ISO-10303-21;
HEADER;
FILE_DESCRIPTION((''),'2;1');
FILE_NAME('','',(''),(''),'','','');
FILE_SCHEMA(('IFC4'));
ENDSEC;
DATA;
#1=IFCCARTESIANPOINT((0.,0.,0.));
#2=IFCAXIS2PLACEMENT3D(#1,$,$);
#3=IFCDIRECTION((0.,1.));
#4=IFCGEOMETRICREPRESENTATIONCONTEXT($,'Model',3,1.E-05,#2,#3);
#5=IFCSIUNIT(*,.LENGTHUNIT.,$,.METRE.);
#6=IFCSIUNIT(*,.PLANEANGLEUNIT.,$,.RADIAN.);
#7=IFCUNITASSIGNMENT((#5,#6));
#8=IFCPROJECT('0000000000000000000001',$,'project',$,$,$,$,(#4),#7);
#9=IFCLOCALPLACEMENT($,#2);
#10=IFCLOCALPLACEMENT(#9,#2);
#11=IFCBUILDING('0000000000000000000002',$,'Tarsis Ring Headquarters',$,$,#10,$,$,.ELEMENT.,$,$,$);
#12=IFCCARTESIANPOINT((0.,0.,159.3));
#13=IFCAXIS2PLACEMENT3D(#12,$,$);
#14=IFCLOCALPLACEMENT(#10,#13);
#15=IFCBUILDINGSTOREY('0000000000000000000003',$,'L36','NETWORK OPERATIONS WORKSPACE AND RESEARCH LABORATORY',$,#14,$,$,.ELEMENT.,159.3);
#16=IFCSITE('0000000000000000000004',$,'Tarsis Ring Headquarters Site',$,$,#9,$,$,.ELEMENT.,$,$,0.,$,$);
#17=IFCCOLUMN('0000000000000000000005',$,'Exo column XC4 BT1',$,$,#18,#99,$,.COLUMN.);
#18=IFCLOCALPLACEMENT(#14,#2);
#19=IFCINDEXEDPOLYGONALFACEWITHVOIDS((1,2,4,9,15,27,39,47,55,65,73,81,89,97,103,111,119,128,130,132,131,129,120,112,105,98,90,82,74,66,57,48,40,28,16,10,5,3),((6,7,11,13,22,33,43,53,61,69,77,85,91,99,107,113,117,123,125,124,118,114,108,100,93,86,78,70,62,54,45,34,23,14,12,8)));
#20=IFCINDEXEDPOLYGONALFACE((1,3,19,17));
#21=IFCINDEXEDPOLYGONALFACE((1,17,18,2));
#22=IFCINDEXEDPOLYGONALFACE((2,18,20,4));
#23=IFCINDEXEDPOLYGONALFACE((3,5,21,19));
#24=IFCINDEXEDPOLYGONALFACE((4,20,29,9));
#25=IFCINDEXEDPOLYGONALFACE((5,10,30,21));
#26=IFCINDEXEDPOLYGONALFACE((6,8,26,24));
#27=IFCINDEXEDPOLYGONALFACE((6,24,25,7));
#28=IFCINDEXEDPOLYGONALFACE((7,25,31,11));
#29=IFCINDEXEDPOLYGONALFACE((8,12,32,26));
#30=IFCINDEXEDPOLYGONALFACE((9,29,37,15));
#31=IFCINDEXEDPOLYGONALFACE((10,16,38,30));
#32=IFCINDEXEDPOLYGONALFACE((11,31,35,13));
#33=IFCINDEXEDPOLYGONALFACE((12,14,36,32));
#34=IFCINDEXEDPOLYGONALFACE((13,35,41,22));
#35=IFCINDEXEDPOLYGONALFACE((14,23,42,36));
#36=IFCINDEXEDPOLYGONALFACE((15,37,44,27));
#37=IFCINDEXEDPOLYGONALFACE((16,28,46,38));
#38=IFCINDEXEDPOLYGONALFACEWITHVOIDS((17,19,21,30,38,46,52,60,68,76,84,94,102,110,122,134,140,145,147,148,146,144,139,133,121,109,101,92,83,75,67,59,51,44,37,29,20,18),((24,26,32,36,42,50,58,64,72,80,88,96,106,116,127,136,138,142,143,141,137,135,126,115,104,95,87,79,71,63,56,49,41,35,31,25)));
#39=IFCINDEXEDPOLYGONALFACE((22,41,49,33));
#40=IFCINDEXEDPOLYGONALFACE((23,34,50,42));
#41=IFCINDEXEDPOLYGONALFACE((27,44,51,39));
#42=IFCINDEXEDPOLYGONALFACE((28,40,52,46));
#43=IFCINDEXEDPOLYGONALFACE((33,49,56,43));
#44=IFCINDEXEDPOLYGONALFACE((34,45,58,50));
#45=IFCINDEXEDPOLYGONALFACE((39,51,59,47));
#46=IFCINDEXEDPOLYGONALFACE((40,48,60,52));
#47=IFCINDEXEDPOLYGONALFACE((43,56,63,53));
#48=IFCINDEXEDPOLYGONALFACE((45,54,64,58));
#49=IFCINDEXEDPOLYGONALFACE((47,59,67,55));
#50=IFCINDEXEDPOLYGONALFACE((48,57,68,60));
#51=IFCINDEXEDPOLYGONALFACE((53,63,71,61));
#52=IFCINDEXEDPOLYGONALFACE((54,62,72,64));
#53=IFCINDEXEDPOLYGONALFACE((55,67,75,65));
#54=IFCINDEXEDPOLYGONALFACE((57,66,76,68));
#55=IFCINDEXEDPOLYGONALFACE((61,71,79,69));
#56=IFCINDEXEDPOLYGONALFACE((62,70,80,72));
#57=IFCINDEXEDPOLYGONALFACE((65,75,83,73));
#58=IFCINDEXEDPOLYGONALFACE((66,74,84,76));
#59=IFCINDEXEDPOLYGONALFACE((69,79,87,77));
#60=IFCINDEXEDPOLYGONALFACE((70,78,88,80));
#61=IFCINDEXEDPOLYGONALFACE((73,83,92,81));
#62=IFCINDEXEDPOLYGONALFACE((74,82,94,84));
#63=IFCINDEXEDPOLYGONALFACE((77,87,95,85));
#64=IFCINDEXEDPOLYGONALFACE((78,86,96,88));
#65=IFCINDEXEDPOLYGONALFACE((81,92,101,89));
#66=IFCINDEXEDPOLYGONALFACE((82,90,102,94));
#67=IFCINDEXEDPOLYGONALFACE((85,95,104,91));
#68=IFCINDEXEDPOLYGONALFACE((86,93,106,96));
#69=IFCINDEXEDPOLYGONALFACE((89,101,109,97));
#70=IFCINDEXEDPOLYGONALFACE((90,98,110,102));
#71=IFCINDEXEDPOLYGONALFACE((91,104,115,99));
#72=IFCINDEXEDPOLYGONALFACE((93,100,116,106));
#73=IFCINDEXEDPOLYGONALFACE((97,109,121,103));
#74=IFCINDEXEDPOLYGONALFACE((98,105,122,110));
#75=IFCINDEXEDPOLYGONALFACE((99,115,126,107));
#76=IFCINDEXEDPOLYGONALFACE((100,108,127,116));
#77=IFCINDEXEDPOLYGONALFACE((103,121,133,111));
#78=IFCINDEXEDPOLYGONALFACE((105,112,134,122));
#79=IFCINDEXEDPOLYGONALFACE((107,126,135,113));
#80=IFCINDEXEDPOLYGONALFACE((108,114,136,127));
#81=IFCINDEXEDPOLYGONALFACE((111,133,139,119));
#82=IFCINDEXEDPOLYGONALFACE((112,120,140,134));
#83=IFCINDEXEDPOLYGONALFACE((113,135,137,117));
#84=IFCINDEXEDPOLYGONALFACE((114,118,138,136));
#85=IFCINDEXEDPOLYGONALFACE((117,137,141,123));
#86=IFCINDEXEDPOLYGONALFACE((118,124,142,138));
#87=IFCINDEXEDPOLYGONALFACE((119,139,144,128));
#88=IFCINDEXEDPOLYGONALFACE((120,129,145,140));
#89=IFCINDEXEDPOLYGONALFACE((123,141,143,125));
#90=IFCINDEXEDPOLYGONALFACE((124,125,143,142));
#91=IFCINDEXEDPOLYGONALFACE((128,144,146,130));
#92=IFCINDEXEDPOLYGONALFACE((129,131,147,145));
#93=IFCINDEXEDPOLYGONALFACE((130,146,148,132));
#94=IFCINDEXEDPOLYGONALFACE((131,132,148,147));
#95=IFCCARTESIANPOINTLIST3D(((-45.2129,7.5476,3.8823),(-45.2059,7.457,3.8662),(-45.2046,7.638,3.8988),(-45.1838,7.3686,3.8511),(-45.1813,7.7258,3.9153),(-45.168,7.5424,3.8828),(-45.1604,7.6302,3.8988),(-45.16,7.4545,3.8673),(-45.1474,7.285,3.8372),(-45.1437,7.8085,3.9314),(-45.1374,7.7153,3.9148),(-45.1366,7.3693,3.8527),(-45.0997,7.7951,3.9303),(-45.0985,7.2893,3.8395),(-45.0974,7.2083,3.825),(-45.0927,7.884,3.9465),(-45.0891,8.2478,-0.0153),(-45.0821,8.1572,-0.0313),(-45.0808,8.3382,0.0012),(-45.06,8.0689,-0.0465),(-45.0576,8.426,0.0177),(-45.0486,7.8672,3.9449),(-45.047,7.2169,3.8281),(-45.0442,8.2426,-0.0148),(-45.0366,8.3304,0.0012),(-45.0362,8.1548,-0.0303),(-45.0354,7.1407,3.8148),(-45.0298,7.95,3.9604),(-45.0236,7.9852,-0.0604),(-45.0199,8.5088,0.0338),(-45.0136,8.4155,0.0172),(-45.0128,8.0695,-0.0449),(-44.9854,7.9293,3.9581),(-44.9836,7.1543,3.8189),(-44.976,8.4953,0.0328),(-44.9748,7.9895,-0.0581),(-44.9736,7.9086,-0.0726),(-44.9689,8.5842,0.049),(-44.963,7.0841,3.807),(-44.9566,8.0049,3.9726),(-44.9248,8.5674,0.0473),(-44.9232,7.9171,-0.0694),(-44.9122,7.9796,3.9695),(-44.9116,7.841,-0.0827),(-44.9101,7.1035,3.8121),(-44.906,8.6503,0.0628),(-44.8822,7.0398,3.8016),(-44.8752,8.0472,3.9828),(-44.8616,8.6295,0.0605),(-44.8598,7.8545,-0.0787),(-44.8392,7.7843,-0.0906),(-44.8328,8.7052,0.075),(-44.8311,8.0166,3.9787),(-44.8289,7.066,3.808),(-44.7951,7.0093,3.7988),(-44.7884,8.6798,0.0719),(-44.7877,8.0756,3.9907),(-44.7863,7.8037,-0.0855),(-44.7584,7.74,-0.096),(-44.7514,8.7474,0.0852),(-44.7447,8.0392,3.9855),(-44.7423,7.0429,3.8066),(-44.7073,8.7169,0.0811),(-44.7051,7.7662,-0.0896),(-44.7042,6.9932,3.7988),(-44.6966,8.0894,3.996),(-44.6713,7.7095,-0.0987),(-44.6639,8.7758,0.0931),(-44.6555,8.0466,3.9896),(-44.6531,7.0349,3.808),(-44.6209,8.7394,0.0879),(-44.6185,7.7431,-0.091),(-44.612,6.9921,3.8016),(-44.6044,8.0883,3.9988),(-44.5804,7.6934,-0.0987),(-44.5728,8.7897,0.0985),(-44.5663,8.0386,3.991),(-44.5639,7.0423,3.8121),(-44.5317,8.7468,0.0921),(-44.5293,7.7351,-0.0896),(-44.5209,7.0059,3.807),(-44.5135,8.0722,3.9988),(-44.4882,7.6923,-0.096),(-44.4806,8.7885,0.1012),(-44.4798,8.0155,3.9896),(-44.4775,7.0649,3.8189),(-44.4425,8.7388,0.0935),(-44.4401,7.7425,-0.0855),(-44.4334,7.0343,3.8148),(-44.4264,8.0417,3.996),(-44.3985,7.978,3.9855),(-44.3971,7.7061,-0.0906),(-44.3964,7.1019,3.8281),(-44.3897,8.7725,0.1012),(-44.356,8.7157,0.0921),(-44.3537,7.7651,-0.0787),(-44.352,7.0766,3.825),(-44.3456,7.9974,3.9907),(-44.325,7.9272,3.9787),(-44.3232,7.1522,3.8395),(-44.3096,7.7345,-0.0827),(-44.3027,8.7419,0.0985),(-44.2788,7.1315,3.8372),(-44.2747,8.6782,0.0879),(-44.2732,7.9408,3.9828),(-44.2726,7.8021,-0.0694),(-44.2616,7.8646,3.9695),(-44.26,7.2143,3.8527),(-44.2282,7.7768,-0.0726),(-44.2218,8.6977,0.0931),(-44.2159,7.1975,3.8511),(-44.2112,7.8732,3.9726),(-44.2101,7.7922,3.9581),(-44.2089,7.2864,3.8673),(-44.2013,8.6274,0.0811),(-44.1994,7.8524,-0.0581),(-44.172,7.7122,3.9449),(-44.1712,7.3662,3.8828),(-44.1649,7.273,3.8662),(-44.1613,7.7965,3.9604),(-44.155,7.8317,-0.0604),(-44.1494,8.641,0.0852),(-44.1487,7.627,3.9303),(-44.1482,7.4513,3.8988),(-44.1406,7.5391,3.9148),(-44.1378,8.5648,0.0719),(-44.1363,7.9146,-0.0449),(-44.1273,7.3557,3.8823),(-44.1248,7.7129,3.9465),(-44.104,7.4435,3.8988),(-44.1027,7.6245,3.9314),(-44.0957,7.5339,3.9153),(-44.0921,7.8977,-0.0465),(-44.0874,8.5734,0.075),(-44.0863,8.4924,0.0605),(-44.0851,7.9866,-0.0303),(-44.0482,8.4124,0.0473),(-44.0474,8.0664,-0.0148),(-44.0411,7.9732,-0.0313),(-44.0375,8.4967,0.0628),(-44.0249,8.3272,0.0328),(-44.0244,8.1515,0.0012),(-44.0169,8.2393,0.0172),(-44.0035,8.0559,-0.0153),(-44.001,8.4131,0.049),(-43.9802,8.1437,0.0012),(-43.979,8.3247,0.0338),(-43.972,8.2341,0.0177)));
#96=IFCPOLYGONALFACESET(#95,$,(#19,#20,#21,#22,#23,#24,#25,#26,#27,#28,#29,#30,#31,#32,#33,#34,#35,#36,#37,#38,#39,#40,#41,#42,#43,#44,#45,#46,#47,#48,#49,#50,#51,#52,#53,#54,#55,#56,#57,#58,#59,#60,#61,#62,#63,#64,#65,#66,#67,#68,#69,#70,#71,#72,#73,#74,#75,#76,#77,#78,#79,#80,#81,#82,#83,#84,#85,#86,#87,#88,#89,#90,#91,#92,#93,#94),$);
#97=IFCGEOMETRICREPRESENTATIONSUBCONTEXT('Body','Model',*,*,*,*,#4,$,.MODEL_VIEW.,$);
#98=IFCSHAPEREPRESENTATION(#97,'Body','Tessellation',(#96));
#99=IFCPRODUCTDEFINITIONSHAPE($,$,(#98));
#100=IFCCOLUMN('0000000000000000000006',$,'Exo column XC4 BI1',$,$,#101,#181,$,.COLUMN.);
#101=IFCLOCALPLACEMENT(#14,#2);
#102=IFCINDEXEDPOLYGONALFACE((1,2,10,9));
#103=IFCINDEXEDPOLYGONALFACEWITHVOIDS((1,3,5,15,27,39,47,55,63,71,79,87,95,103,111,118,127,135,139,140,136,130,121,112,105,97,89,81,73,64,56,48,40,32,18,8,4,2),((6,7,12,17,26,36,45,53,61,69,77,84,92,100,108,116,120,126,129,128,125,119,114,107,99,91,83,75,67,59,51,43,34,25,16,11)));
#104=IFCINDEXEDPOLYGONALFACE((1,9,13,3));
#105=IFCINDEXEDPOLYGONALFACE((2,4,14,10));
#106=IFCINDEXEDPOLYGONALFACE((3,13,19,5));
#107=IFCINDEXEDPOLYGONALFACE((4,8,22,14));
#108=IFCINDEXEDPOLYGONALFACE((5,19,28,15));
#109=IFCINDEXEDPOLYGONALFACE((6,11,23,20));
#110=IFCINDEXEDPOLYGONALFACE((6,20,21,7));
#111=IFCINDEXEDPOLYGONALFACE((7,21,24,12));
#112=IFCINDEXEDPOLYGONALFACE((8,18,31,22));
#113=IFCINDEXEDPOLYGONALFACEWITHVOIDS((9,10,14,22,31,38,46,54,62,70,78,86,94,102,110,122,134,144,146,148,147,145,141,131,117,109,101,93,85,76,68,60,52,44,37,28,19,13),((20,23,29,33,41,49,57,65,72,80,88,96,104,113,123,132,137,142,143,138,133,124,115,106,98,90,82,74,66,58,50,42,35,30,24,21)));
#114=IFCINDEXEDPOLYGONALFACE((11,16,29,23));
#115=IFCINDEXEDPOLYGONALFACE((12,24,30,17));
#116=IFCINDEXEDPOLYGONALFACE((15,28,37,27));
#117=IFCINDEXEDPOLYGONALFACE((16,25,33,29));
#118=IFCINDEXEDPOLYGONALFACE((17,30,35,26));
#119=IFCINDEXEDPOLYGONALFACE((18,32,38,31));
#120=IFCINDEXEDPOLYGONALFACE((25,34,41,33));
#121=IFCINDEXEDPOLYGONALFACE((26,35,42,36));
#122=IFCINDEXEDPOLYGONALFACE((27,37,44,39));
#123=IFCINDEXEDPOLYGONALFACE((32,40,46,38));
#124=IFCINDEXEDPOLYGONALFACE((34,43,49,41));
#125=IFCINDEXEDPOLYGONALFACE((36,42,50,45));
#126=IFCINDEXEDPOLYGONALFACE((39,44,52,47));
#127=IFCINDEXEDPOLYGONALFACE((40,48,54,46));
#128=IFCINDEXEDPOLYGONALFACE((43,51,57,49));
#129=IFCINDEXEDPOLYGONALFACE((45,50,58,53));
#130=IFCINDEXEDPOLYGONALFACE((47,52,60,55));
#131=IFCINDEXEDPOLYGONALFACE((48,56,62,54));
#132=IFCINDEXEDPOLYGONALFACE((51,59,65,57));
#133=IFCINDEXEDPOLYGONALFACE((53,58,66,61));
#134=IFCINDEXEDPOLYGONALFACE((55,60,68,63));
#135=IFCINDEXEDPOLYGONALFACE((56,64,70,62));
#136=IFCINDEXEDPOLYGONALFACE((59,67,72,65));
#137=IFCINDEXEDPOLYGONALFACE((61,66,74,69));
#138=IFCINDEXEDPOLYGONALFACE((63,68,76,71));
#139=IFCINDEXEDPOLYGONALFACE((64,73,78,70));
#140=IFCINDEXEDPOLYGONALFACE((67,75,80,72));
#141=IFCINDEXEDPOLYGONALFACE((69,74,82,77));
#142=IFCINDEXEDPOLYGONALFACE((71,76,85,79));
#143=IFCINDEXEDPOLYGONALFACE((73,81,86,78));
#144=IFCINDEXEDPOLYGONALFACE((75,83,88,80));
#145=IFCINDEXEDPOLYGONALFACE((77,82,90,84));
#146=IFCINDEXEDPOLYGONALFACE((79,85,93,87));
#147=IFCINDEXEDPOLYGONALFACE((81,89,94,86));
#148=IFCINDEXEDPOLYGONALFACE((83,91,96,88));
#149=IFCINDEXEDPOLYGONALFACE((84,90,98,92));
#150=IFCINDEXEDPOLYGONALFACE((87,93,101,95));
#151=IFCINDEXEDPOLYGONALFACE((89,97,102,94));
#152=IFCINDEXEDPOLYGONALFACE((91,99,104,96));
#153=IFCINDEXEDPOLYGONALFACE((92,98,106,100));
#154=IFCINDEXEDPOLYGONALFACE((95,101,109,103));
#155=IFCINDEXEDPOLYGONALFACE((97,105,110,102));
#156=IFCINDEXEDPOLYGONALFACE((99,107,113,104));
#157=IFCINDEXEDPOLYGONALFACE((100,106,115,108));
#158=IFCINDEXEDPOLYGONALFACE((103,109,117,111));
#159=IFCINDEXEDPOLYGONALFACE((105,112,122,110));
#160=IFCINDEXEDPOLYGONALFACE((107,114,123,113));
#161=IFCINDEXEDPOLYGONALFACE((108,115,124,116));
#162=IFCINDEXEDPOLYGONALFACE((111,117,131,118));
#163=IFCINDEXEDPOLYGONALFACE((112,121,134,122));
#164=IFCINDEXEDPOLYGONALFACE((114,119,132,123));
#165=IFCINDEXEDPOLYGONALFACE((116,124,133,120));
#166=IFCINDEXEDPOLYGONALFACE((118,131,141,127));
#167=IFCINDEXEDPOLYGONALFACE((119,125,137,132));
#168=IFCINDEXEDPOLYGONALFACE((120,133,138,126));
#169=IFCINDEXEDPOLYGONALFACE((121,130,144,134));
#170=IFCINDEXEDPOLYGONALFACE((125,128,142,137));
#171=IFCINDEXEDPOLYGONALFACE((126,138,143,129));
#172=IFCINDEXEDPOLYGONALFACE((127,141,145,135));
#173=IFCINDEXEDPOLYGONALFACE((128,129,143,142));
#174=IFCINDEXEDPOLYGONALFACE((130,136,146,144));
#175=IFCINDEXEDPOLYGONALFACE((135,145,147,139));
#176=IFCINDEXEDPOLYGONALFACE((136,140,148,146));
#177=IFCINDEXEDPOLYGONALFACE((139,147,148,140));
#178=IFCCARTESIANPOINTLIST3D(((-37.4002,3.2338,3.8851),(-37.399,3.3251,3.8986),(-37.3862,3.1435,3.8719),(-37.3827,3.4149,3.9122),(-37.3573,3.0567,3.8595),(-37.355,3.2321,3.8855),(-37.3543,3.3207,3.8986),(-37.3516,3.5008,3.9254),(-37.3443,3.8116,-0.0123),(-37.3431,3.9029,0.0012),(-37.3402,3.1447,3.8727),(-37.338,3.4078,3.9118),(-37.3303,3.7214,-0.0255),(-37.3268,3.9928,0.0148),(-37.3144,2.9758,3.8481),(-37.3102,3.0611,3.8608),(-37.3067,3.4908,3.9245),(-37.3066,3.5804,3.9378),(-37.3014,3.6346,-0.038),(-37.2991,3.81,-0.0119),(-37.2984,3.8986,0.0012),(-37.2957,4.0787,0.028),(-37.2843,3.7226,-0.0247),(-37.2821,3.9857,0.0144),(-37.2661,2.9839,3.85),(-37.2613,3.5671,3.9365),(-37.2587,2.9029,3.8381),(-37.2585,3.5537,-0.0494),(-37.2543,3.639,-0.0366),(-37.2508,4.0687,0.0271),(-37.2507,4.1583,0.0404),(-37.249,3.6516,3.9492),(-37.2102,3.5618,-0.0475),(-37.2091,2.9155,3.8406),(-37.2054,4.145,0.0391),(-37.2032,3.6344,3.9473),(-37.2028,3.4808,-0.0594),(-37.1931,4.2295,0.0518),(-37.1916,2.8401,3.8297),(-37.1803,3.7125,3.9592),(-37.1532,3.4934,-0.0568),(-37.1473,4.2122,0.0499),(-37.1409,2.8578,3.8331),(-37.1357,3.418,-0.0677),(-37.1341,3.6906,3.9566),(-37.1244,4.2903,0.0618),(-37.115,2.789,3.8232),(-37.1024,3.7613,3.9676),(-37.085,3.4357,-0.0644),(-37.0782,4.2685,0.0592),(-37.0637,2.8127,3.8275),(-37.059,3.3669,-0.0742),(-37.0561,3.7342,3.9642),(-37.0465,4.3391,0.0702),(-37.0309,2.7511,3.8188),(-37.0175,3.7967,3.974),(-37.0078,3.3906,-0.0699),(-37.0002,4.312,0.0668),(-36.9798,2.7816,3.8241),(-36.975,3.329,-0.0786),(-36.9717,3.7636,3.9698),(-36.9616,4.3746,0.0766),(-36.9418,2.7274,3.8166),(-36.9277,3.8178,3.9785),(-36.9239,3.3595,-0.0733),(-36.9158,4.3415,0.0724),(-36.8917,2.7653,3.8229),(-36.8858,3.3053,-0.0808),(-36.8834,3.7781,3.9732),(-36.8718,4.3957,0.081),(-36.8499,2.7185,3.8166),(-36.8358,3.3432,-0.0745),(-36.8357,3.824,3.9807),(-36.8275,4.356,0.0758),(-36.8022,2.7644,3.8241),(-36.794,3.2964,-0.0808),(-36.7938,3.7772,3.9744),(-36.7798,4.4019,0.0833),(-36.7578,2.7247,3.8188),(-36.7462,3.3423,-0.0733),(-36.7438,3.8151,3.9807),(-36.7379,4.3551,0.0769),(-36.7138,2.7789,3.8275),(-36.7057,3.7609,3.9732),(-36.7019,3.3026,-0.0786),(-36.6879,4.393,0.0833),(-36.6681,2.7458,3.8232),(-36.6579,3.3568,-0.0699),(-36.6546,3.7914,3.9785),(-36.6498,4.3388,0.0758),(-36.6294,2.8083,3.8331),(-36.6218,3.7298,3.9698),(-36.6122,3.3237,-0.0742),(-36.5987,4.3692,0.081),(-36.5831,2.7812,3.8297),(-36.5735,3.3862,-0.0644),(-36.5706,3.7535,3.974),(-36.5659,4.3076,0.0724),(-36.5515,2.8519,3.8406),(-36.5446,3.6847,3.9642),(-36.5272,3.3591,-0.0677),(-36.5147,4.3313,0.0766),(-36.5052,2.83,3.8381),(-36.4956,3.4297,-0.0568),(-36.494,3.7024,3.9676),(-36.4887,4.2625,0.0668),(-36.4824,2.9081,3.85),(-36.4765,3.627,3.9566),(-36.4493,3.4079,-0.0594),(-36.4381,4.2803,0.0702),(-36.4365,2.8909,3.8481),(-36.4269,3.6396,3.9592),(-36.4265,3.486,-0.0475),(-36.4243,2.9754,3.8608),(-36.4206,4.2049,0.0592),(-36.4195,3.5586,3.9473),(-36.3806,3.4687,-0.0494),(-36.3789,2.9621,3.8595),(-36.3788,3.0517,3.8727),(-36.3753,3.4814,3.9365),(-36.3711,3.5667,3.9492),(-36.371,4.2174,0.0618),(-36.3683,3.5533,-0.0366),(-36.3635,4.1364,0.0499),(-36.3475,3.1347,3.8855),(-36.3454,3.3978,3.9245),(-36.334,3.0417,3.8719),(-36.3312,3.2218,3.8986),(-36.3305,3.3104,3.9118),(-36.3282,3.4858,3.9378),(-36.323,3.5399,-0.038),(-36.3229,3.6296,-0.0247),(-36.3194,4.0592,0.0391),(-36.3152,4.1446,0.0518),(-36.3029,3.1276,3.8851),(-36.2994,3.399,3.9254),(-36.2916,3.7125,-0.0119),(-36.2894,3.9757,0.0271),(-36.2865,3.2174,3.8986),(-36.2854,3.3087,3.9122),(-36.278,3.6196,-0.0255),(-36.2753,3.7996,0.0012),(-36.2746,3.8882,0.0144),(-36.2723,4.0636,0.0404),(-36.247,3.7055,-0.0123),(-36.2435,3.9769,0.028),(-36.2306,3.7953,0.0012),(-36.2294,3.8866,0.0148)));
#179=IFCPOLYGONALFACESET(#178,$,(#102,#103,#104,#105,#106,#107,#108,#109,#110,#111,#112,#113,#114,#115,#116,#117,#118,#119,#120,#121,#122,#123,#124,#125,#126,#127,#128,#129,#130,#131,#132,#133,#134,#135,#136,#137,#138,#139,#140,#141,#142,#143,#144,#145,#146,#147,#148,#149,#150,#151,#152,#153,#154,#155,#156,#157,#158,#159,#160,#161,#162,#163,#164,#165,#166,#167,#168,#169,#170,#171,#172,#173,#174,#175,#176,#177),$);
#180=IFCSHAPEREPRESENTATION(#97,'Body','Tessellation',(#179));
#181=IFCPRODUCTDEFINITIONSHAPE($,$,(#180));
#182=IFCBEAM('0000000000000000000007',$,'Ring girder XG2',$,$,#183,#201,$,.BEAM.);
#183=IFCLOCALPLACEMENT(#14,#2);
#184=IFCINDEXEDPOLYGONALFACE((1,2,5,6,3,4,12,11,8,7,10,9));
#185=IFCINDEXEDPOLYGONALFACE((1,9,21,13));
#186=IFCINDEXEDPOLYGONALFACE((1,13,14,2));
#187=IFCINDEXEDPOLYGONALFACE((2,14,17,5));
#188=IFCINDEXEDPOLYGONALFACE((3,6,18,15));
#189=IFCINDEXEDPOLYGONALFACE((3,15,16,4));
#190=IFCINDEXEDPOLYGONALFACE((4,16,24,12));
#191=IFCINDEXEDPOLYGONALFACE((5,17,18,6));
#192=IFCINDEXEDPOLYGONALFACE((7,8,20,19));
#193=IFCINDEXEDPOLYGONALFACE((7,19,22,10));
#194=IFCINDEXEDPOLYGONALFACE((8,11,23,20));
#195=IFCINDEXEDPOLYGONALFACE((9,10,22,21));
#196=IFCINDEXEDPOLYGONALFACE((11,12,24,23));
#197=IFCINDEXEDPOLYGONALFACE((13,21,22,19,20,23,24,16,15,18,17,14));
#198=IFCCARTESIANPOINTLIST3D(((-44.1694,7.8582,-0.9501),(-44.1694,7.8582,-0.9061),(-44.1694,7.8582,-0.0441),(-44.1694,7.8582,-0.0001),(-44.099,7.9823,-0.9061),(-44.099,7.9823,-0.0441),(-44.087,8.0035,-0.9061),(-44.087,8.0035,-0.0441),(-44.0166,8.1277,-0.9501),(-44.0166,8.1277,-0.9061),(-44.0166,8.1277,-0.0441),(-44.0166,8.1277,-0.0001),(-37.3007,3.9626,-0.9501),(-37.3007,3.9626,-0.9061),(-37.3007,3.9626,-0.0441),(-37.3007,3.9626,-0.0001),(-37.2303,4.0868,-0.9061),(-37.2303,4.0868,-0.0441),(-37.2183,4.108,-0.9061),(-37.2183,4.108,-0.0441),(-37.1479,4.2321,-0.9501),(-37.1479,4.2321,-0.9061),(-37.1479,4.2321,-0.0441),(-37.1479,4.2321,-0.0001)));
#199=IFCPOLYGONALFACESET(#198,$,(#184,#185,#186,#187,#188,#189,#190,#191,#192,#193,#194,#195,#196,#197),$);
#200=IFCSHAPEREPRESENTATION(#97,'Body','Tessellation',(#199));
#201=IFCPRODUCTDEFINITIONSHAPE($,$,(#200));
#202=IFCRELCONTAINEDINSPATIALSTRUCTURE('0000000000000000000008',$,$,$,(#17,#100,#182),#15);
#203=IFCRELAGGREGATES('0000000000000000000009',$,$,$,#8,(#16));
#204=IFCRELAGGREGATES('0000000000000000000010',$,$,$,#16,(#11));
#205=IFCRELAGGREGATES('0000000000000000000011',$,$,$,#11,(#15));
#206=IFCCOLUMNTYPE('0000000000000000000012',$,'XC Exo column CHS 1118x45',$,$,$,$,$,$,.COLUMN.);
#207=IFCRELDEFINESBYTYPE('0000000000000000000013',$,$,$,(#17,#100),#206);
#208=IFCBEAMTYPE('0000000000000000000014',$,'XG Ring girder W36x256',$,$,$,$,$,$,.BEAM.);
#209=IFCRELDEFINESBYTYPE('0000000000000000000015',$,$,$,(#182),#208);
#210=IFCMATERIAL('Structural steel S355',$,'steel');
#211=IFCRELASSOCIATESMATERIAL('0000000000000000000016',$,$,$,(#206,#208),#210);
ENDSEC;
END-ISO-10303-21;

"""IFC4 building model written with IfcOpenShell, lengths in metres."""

from ifc_helpers import new_model, si_unit, direction, frame, origin, origin_2d, place, context, subcontext, project, spatial, hollow_circle, i_section, extrude, material, material_profile, profile_set, type_object, element, save


model = new_model("IFC4")

# Units and contexts
model_context = context("Model", 3, precision=1e-05, world=origin(), true_north=direction((0.0, 1.0)))
body_context = subcontext(model_context, "Body", "Model", "MODEL_VIEW")
ifc_project = project(units=[si_unit("LENGTHUNIT", "METRE"), si_unit("PLANEANGLEUNIT", "RADIAN")], contexts=[model_context])

# Site, building, storey
site_placement = place(None, origin())
site = spatial("IfcSite", under=ifc_project, at=site_placement, Name="Tarsis Ring Headquarters Site", CompositionType="ELEMENT", RefElevation=0.0)
building_placement = place(site_placement, origin())
building = spatial("IfcBuilding", under=site, at=building_placement, Name="Tarsis Ring Headquarters", CompositionType="ELEMENT")
storey_placement = place(building_placement, frame((0.0, 0.0, 159.3)))
storey = spatial("IfcBuildingStorey", under=building, at=storey_placement, Name="L36", Description="NETWORK OPERATIONS WORKSPACE AND RESEARCH LABORATORY", CompositionType="ELEMENT", Elevation=159.3)

# Columns
ifc_material_1 = material(Name="Structural steel S355", Category="steel")
ifc_material_profile_1 = material_profile(ifc_material_1, hollow_circle(Radius=0.5588, WallThickness=0.0449, at=origin_2d()), Name="CHS 1118x45")
ifc_profile_set_1 = profile_set([ifc_material_profile_1], Name="Structural steel S355")
column_type = type_object("IfcColumnType", Name="XC Exo column CHS 1118x45", PredefinedType="COLUMN", material=ifc_profile_set_1)
column_1_placement = place(storey_placement, frame((-44.5305, 8.241, 0.0012), z_axis=(-0.031243, -0.176737, 0.983762), x_axis=(0.984732, -0.174079, 0.0)))
element("IfcColumn", 1, at=column_1_placement, inside=storey, type_object=column_type, Name="Exo column XC4 BT1", PredefinedType="COLUMN", context=body_context, shape_type="SweptSolid", body=[
    extrude(hollow_circle(Radius=0.5588, WallThickness=0.0449, at=origin_2d()), origin(), (0.0, 0.0, 1.0), 3.9619),
])
column_2_placement = place(storey_placement, frame((-36.7869, 3.8491, 0.0012), z_axis=(-0.014188, -0.146653, 0.989086), x_axis=(0.995353, -0.096297, 0.0)))
element("IfcColumn", 2, at=column_2_placement, inside=storey, type_object=column_type, Name="Exo column XC4 BI1", PredefinedType="COLUMN", context=body_context, shape_type="SweptSolid", body=[
    extrude(hollow_circle(Radius=0.5588, WallThickness=0.0449, at=origin_2d()), origin(), (0.0, 0.0, 1.0), 3.9404),
])

# Beam
ifc_material_profile_2 = material_profile(ifc_material_1, i_section(OverallWidth=0.3098, OverallDepth=0.95, WebThickness=0.0244, FlangeThickness=0.0439, at=origin_2d()), Name="W36x256")
ifc_profile_set_2 = profile_set([ifc_material_profile_2], Name="Structural steel S355")
beam_type = type_object("IfcBeamType", Name="XG Ring girder W36x256", PredefinedType="BEAM", material=ifc_profile_set_2)
for number, where, z_axis, x_axis, name in (
    (3, (-44.093, 7.9929, -0.4751), (0.869844, -0.493326, 0.0), (0.493326, 0.869844, 0.0), "Ring girder XG2"),
):
    element("IfcBeam", number, at=place(storey_placement, frame(where, z_axis=z_axis, x_axis=x_axis)), inside=storey, type_object=beam_type, Name=name, PredefinedType="BEAM", context=body_context, shape_type="SweptSolid", body=[
        extrude(i_section(OverallWidth=0.3098, OverallDepth=0.95, WebThickness=0.0244, FlangeThickness=0.0439, at=origin_2d()), origin(), (0.0, 0.0, 1.0), 7.8965),
    ])

save(model, "model.ifc")
